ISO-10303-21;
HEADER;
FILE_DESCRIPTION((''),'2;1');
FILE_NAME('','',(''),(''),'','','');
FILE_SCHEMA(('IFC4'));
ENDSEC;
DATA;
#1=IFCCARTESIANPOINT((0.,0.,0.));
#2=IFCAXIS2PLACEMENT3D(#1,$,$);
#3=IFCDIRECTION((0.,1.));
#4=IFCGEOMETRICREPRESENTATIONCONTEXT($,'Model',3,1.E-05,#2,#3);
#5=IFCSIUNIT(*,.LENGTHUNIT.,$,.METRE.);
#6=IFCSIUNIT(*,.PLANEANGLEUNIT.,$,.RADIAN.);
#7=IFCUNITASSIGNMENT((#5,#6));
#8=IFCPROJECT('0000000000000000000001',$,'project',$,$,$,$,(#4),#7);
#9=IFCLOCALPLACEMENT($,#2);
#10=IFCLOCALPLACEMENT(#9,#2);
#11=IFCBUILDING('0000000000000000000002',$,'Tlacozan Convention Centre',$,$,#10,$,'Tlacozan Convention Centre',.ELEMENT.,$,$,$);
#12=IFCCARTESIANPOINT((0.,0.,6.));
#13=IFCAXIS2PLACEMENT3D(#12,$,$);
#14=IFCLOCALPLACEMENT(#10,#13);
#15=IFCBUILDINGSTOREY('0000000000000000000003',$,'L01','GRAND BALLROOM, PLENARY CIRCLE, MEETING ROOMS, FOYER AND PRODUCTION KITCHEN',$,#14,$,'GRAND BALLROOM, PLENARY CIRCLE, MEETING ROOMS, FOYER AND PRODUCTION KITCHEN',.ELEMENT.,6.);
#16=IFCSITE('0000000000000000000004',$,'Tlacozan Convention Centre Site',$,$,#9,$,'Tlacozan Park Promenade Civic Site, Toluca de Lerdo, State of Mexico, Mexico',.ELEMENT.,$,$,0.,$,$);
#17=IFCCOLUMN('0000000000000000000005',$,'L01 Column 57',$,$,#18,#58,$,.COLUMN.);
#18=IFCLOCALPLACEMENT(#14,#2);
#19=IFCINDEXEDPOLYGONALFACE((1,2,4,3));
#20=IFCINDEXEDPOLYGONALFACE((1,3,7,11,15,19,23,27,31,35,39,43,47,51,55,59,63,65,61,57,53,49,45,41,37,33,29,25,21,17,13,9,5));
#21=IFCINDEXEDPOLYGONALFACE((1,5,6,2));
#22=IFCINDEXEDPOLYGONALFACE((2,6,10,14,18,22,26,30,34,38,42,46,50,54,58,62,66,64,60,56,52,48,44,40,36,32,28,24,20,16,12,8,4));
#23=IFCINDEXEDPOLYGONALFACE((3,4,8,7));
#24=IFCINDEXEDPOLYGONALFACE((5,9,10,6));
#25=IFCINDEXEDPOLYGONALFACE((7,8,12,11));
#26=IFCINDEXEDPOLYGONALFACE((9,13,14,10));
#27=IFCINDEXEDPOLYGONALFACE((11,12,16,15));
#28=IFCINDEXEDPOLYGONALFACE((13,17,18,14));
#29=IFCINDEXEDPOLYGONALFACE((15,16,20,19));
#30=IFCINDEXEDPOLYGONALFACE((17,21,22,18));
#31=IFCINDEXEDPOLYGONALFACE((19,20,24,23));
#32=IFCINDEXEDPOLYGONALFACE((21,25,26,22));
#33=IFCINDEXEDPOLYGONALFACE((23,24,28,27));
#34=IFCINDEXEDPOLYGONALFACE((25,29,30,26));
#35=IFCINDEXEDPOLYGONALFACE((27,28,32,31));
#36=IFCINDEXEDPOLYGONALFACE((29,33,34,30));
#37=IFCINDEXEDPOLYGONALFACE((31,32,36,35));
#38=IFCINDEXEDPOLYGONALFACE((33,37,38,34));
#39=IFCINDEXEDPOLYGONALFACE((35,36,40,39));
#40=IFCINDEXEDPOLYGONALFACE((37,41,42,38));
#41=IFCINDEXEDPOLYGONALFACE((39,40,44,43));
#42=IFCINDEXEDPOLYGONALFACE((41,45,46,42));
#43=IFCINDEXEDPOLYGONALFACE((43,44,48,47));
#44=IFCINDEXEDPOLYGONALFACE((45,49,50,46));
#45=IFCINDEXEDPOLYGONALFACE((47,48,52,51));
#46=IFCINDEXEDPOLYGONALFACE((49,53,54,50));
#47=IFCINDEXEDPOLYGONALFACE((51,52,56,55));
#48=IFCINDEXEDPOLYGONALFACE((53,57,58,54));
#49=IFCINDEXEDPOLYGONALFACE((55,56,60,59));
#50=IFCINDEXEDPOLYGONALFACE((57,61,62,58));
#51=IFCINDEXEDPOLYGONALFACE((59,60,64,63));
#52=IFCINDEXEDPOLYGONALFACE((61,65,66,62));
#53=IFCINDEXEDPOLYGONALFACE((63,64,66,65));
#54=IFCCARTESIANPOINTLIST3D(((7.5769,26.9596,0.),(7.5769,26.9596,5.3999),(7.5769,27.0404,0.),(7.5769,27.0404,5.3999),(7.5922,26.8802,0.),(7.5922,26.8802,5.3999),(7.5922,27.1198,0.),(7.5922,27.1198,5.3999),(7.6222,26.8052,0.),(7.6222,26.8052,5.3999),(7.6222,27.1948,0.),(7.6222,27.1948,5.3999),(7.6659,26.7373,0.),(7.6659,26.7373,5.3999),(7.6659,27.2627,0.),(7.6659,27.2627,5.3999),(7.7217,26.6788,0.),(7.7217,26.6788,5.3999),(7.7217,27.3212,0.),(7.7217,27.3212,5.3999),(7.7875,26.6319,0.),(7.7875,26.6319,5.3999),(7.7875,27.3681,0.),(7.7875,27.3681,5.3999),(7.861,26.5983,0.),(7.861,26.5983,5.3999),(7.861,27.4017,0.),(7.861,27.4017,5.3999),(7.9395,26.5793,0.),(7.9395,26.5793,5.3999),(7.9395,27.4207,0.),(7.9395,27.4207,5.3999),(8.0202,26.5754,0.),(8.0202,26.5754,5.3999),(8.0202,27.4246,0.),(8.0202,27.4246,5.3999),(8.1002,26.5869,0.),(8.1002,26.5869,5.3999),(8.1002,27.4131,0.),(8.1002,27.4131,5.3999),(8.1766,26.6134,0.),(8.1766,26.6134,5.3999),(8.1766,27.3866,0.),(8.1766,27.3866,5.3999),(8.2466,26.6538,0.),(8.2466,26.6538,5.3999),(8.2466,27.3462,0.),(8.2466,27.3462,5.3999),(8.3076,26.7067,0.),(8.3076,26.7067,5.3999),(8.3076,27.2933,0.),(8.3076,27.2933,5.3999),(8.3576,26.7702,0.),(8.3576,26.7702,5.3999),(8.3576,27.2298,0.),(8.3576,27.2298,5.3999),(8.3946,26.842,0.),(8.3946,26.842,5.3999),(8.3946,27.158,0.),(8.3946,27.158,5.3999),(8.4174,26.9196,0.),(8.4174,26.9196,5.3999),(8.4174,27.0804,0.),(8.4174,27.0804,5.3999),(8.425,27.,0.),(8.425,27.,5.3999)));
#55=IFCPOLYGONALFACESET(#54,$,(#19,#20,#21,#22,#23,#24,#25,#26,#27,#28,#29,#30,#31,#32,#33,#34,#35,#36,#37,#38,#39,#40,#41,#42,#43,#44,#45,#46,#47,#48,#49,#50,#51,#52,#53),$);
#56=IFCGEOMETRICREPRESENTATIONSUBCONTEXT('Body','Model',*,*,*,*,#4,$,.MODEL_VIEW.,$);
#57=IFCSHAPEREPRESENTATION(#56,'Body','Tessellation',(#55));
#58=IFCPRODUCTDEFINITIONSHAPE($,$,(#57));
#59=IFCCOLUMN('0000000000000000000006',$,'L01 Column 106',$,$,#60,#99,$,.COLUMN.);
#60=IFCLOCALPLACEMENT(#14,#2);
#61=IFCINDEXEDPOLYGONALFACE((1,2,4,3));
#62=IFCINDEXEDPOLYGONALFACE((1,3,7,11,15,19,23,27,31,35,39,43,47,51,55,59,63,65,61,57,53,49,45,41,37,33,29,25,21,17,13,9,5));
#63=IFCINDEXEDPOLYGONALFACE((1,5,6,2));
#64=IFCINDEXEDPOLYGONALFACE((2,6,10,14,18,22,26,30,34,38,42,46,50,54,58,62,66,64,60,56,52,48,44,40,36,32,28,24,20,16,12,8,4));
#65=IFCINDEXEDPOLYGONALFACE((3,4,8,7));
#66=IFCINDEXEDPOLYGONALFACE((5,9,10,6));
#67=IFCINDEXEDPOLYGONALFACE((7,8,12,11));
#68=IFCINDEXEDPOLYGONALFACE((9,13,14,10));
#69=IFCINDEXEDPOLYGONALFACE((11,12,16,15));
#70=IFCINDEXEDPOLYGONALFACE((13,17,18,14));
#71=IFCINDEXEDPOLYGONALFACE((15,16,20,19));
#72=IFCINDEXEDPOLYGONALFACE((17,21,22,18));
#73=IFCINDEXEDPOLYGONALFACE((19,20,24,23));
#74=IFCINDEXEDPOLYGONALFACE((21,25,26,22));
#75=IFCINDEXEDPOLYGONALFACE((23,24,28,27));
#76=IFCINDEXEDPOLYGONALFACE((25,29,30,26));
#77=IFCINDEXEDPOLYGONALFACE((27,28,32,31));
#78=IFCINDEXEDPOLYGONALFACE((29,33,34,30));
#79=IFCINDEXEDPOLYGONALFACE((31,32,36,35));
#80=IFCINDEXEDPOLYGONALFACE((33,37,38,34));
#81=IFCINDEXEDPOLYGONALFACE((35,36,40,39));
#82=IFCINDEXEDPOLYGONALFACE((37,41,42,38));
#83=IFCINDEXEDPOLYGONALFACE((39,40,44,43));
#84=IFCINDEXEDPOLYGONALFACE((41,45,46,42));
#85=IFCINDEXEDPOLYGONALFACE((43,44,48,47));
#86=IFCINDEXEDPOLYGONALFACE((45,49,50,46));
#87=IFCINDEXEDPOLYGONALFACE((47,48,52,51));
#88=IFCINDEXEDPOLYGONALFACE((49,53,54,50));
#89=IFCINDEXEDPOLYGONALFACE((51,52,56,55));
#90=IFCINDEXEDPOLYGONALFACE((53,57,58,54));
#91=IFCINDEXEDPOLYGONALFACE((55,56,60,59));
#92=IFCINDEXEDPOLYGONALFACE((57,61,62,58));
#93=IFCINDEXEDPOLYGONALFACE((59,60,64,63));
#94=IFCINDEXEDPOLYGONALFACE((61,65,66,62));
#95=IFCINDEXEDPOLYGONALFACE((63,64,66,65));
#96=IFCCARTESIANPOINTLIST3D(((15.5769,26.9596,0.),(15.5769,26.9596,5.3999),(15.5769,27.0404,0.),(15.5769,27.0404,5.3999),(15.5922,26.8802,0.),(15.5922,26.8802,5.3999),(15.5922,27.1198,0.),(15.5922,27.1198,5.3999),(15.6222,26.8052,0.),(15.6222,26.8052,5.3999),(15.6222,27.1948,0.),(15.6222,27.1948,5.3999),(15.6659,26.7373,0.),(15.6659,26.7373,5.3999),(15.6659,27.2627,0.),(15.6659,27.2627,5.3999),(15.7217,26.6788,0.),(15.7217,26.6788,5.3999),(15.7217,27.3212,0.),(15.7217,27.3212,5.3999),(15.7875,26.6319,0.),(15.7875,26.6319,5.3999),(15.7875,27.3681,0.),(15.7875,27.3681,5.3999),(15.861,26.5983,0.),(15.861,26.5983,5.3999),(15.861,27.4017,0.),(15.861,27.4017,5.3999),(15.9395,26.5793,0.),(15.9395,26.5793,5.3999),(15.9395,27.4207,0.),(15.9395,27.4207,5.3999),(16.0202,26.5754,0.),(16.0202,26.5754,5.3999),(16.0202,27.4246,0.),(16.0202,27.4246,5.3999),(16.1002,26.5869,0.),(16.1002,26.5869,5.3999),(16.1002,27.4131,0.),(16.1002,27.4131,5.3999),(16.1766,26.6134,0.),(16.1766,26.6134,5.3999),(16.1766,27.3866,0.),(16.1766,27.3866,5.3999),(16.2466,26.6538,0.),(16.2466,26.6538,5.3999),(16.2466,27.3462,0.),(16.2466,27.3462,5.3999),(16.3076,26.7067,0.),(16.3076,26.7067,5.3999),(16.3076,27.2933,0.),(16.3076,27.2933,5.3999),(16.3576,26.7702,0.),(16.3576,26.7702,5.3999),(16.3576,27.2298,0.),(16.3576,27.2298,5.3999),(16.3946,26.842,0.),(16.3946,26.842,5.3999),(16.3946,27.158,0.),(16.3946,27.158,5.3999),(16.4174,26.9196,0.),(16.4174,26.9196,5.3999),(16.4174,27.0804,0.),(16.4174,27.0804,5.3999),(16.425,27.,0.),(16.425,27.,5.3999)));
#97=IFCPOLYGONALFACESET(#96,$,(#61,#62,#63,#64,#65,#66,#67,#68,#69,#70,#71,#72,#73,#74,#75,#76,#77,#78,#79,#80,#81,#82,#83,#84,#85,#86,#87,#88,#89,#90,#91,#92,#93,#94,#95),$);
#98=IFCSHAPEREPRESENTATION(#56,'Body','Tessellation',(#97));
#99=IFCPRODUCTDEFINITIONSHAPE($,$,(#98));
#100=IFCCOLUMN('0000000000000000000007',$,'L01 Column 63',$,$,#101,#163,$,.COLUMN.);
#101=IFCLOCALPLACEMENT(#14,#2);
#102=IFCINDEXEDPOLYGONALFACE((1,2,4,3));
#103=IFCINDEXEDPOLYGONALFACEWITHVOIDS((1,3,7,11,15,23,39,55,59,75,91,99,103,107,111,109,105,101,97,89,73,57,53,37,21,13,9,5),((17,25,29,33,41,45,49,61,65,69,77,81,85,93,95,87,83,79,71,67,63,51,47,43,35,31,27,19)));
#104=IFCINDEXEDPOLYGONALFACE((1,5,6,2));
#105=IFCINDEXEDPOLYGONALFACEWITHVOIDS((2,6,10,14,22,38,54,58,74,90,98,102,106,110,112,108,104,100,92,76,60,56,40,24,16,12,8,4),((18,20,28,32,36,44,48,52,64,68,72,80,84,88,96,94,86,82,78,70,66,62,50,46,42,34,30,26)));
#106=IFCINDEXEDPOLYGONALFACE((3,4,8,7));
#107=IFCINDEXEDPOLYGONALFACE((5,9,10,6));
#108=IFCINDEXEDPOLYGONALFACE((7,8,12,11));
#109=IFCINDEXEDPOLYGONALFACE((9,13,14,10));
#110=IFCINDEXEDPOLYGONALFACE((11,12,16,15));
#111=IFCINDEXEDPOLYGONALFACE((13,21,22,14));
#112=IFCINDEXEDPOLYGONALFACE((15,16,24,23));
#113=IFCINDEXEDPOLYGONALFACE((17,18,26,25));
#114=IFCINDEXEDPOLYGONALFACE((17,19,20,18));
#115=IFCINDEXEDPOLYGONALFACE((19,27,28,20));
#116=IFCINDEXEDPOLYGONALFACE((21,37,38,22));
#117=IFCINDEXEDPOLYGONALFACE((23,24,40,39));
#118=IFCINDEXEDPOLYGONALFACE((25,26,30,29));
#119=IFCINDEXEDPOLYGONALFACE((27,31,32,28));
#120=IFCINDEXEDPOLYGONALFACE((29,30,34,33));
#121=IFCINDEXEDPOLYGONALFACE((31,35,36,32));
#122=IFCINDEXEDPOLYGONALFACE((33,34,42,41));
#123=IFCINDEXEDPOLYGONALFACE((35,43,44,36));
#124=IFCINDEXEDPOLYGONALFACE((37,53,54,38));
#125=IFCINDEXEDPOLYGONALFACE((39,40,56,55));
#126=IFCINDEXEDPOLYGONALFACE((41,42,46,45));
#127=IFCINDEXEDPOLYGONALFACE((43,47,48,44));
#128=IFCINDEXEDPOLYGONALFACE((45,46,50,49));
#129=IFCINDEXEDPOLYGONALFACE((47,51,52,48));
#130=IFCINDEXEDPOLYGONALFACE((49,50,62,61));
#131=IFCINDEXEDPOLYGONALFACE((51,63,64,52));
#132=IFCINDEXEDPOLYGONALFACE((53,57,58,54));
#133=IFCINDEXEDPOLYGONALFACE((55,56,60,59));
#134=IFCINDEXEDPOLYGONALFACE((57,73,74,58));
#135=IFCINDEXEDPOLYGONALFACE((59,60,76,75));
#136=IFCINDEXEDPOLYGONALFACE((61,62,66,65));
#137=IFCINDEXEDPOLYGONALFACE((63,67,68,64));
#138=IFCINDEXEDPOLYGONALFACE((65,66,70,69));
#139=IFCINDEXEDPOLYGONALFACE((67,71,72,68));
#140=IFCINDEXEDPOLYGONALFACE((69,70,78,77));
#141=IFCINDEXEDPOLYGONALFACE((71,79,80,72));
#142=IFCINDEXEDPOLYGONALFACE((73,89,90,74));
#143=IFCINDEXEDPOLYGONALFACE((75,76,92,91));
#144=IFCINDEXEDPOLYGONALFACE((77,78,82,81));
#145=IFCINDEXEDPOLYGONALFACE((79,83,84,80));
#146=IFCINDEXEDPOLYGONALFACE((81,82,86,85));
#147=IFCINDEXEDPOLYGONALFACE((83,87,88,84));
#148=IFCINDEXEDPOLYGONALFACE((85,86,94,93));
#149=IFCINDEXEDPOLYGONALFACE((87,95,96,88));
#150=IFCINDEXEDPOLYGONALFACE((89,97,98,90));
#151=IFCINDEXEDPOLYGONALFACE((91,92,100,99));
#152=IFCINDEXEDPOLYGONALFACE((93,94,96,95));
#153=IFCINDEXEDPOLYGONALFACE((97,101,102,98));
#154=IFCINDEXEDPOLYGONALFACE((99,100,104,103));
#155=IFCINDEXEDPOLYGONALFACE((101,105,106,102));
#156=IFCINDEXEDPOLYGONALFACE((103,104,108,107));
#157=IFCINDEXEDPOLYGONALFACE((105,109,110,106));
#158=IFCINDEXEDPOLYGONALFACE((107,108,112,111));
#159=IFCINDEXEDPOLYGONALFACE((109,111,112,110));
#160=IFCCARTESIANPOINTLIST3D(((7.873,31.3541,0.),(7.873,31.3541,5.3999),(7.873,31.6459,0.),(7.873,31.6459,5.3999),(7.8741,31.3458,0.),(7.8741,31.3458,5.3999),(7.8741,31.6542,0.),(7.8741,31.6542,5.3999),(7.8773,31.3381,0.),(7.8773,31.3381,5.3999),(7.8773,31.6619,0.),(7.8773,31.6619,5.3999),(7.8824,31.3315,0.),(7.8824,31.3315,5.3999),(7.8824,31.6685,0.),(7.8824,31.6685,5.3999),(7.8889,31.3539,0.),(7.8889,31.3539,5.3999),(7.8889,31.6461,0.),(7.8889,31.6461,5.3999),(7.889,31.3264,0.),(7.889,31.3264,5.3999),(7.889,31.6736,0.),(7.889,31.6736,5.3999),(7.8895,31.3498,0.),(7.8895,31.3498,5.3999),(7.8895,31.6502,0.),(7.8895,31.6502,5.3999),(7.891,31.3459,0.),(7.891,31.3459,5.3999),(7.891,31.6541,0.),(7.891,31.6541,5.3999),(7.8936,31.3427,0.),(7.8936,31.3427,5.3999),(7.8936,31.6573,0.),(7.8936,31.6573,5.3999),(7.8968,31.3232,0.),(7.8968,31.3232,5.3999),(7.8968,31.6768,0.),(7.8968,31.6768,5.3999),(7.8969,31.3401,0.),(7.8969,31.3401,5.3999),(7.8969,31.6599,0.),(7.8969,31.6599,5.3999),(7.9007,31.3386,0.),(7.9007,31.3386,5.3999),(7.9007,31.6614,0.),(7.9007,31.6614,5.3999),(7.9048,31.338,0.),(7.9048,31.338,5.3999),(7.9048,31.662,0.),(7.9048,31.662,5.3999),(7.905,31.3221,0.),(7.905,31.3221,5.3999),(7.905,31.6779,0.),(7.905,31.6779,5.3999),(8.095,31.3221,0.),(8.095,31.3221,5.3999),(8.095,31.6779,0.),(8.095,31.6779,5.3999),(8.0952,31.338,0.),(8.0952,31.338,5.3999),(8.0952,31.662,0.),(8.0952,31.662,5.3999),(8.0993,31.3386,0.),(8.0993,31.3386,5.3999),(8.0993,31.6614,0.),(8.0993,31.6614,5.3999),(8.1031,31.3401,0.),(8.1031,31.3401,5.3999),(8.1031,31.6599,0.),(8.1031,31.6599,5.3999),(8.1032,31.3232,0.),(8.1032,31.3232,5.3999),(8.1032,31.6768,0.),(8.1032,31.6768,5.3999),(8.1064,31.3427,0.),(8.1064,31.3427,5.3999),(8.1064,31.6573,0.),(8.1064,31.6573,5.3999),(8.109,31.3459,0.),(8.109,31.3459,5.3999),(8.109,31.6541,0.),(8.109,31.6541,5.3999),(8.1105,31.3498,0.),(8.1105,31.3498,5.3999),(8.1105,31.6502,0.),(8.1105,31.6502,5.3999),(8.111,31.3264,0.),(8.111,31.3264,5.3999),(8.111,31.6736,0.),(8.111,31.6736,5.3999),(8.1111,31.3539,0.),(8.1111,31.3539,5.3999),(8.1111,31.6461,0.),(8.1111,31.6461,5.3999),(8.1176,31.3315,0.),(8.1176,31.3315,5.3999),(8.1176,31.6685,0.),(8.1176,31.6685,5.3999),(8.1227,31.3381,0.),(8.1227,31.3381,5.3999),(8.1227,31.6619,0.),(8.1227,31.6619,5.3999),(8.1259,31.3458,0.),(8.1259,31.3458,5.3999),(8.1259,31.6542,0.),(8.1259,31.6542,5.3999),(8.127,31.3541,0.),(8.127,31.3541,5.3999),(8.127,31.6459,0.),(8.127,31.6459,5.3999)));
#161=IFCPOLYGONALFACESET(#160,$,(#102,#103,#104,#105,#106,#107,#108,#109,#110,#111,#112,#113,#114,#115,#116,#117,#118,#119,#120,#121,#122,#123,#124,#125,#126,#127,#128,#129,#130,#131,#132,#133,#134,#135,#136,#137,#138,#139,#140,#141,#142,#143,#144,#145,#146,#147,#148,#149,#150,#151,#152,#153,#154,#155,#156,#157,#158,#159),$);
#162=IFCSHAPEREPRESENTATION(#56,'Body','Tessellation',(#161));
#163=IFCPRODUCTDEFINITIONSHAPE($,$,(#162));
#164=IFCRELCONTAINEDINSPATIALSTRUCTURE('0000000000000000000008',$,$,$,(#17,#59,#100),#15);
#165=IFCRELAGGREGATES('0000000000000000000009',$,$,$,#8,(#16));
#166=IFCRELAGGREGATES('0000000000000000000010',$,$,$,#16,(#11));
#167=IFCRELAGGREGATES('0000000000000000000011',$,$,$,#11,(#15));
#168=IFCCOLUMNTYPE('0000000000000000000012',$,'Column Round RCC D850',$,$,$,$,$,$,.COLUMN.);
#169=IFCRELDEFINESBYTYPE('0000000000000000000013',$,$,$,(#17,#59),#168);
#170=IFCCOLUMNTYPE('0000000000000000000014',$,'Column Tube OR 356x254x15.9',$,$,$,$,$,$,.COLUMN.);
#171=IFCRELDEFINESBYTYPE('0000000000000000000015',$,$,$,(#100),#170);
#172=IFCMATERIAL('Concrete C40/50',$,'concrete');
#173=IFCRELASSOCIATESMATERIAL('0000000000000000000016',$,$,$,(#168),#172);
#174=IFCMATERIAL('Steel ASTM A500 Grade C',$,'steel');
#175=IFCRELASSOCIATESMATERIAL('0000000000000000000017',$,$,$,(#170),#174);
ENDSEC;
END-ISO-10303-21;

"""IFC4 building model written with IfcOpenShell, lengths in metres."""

from ifc_helpers import new_model, si_unit, direction, frame, origin, origin_2d, place, context, subcontext, project, spatial, hollow_rectangle, circle, extrude, material, material_profile, profile_set, type_object, element, save


model = new_model("IFC4")

# Units and contexts
model_context = context("Model", 3, precision=1e-05, world=origin(), true_north=direction((0.0, 1.0)))
body_context = subcontext(model_context, "Body", "Model", "MODEL_VIEW")
ifc_project = project(units=[si_unit("LENGTHUNIT", "METRE"), si_unit("PLANEANGLEUNIT", "RADIAN")], contexts=[model_context])

# Site, building, storey
site_placement = place(None, origin())
site = spatial("IfcSite", under=ifc_project, at=site_placement, Name="Tlacozan Convention Centre Site", LongName="Tlacozan Park Promenade Civic Site, Toluca de Lerdo, State of Mexico, Mexico", CompositionType="ELEMENT", RefElevation=0.0)
building_placement = place(site_placement, origin())
building = spatial("IfcBuilding", under=site, at=building_placement, Name="Tlacozan Convention Centre", LongName="Tlacozan Convention Centre", CompositionType="ELEMENT")
storey_placement = place(building_placement, frame((0.0, 0.0, 6.0)))
storey = spatial("IfcBuildingStorey", under=building, at=storey_placement, Name="L01", Description="GRAND BALLROOM, PLENARY CIRCLE, MEETING ROOMS, FOYER AND PRODUCTION KITCHEN", LongName="GRAND BALLROOM, PLENARY CIRCLE, MEETING ROOMS, FOYER AND PRODUCTION KITCHEN", CompositionType="ELEMENT", Elevation=6.0)

# Columns
ifc_material_1 = material(Name="Concrete C40/50", Category="concrete")
ifc_material_profile_1 = material_profile(ifc_material_1, circle(Radius=0.425, at=origin_2d()), Name="RCC D850")
ifc_profile_set_1 = profile_set([ifc_material_profile_1], Name="Concrete C40/50")
column_type_1 = type_object("IfcColumnType", Name="Column Round RCC D850", PredefinedType="COLUMN", material=ifc_profile_set_1)
for number, where, z_axis, x_axis, name in (
    (1, (8.0, 27.0, 0.0), (0.0, 0.0, 1.0), (1.0, 0.0, 0.0), "L01 Column 57"),
    (2, (16.0, 27.0, 0.0), (0.0, 0.0, 1.0), (1.0, 0.0, 0.0), "L01 Column 106"),
):
    element("IfcColumn", number, at=place(storey_placement, frame(where, z_axis=z_axis, x_axis=x_axis)), inside=storey, type_object=column_type_1, Name=name, PredefinedType="COLUMN", context=body_context, shape_type="SweptSolid", body=[
        extrude(circle(Radius=0.425, at=origin_2d()), origin(), (0.0, 0.0, 1.0), 5.3999),
    ])
ifc_material_2 = material(Name="Steel ASTM A500 Grade C", Category="steel")
ifc_material_profile_2 = material_profile(ifc_material_2, hollow_rectangle(XDim=0.2539, YDim=0.3557, WallThickness=0.0159, InnerFilletRadius=0.0159, OuterFilletRadius=0.032, at=origin_2d()), Name="OR 356x254x15.9")
ifc_profile_set_2 = profile_set([ifc_material_profile_2], Name="Steel ASTM A500 Grade C")
column_type_2 = type_object("IfcColumnType", Name="Column Tube OR 356x254x15.9", PredefinedType="COLUMN", material=ifc_profile_set_2)
column_placement = place(storey_placement, frame((8.0, 31.5, 0.0), z_axis=(0.0, 0.0, 1.0), x_axis=(1.0, 0.0, 0.0)))
element("IfcColumn", 3, at=column_placement, inside=storey, type_object=column_type_2, Name="L01 Column 63", PredefinedType="COLUMN", context=body_context, shape_type="SweptSolid", body=[
    extrude(hollow_rectangle(XDim=0.2539, YDim=0.3557, WallThickness=0.0159, InnerFilletRadius=0.0159, OuterFilletRadius=0.032, at=origin_2d()), origin(), (0.0, 0.0, 1.0), 5.3999),
])

save(model, "model.ifc")
